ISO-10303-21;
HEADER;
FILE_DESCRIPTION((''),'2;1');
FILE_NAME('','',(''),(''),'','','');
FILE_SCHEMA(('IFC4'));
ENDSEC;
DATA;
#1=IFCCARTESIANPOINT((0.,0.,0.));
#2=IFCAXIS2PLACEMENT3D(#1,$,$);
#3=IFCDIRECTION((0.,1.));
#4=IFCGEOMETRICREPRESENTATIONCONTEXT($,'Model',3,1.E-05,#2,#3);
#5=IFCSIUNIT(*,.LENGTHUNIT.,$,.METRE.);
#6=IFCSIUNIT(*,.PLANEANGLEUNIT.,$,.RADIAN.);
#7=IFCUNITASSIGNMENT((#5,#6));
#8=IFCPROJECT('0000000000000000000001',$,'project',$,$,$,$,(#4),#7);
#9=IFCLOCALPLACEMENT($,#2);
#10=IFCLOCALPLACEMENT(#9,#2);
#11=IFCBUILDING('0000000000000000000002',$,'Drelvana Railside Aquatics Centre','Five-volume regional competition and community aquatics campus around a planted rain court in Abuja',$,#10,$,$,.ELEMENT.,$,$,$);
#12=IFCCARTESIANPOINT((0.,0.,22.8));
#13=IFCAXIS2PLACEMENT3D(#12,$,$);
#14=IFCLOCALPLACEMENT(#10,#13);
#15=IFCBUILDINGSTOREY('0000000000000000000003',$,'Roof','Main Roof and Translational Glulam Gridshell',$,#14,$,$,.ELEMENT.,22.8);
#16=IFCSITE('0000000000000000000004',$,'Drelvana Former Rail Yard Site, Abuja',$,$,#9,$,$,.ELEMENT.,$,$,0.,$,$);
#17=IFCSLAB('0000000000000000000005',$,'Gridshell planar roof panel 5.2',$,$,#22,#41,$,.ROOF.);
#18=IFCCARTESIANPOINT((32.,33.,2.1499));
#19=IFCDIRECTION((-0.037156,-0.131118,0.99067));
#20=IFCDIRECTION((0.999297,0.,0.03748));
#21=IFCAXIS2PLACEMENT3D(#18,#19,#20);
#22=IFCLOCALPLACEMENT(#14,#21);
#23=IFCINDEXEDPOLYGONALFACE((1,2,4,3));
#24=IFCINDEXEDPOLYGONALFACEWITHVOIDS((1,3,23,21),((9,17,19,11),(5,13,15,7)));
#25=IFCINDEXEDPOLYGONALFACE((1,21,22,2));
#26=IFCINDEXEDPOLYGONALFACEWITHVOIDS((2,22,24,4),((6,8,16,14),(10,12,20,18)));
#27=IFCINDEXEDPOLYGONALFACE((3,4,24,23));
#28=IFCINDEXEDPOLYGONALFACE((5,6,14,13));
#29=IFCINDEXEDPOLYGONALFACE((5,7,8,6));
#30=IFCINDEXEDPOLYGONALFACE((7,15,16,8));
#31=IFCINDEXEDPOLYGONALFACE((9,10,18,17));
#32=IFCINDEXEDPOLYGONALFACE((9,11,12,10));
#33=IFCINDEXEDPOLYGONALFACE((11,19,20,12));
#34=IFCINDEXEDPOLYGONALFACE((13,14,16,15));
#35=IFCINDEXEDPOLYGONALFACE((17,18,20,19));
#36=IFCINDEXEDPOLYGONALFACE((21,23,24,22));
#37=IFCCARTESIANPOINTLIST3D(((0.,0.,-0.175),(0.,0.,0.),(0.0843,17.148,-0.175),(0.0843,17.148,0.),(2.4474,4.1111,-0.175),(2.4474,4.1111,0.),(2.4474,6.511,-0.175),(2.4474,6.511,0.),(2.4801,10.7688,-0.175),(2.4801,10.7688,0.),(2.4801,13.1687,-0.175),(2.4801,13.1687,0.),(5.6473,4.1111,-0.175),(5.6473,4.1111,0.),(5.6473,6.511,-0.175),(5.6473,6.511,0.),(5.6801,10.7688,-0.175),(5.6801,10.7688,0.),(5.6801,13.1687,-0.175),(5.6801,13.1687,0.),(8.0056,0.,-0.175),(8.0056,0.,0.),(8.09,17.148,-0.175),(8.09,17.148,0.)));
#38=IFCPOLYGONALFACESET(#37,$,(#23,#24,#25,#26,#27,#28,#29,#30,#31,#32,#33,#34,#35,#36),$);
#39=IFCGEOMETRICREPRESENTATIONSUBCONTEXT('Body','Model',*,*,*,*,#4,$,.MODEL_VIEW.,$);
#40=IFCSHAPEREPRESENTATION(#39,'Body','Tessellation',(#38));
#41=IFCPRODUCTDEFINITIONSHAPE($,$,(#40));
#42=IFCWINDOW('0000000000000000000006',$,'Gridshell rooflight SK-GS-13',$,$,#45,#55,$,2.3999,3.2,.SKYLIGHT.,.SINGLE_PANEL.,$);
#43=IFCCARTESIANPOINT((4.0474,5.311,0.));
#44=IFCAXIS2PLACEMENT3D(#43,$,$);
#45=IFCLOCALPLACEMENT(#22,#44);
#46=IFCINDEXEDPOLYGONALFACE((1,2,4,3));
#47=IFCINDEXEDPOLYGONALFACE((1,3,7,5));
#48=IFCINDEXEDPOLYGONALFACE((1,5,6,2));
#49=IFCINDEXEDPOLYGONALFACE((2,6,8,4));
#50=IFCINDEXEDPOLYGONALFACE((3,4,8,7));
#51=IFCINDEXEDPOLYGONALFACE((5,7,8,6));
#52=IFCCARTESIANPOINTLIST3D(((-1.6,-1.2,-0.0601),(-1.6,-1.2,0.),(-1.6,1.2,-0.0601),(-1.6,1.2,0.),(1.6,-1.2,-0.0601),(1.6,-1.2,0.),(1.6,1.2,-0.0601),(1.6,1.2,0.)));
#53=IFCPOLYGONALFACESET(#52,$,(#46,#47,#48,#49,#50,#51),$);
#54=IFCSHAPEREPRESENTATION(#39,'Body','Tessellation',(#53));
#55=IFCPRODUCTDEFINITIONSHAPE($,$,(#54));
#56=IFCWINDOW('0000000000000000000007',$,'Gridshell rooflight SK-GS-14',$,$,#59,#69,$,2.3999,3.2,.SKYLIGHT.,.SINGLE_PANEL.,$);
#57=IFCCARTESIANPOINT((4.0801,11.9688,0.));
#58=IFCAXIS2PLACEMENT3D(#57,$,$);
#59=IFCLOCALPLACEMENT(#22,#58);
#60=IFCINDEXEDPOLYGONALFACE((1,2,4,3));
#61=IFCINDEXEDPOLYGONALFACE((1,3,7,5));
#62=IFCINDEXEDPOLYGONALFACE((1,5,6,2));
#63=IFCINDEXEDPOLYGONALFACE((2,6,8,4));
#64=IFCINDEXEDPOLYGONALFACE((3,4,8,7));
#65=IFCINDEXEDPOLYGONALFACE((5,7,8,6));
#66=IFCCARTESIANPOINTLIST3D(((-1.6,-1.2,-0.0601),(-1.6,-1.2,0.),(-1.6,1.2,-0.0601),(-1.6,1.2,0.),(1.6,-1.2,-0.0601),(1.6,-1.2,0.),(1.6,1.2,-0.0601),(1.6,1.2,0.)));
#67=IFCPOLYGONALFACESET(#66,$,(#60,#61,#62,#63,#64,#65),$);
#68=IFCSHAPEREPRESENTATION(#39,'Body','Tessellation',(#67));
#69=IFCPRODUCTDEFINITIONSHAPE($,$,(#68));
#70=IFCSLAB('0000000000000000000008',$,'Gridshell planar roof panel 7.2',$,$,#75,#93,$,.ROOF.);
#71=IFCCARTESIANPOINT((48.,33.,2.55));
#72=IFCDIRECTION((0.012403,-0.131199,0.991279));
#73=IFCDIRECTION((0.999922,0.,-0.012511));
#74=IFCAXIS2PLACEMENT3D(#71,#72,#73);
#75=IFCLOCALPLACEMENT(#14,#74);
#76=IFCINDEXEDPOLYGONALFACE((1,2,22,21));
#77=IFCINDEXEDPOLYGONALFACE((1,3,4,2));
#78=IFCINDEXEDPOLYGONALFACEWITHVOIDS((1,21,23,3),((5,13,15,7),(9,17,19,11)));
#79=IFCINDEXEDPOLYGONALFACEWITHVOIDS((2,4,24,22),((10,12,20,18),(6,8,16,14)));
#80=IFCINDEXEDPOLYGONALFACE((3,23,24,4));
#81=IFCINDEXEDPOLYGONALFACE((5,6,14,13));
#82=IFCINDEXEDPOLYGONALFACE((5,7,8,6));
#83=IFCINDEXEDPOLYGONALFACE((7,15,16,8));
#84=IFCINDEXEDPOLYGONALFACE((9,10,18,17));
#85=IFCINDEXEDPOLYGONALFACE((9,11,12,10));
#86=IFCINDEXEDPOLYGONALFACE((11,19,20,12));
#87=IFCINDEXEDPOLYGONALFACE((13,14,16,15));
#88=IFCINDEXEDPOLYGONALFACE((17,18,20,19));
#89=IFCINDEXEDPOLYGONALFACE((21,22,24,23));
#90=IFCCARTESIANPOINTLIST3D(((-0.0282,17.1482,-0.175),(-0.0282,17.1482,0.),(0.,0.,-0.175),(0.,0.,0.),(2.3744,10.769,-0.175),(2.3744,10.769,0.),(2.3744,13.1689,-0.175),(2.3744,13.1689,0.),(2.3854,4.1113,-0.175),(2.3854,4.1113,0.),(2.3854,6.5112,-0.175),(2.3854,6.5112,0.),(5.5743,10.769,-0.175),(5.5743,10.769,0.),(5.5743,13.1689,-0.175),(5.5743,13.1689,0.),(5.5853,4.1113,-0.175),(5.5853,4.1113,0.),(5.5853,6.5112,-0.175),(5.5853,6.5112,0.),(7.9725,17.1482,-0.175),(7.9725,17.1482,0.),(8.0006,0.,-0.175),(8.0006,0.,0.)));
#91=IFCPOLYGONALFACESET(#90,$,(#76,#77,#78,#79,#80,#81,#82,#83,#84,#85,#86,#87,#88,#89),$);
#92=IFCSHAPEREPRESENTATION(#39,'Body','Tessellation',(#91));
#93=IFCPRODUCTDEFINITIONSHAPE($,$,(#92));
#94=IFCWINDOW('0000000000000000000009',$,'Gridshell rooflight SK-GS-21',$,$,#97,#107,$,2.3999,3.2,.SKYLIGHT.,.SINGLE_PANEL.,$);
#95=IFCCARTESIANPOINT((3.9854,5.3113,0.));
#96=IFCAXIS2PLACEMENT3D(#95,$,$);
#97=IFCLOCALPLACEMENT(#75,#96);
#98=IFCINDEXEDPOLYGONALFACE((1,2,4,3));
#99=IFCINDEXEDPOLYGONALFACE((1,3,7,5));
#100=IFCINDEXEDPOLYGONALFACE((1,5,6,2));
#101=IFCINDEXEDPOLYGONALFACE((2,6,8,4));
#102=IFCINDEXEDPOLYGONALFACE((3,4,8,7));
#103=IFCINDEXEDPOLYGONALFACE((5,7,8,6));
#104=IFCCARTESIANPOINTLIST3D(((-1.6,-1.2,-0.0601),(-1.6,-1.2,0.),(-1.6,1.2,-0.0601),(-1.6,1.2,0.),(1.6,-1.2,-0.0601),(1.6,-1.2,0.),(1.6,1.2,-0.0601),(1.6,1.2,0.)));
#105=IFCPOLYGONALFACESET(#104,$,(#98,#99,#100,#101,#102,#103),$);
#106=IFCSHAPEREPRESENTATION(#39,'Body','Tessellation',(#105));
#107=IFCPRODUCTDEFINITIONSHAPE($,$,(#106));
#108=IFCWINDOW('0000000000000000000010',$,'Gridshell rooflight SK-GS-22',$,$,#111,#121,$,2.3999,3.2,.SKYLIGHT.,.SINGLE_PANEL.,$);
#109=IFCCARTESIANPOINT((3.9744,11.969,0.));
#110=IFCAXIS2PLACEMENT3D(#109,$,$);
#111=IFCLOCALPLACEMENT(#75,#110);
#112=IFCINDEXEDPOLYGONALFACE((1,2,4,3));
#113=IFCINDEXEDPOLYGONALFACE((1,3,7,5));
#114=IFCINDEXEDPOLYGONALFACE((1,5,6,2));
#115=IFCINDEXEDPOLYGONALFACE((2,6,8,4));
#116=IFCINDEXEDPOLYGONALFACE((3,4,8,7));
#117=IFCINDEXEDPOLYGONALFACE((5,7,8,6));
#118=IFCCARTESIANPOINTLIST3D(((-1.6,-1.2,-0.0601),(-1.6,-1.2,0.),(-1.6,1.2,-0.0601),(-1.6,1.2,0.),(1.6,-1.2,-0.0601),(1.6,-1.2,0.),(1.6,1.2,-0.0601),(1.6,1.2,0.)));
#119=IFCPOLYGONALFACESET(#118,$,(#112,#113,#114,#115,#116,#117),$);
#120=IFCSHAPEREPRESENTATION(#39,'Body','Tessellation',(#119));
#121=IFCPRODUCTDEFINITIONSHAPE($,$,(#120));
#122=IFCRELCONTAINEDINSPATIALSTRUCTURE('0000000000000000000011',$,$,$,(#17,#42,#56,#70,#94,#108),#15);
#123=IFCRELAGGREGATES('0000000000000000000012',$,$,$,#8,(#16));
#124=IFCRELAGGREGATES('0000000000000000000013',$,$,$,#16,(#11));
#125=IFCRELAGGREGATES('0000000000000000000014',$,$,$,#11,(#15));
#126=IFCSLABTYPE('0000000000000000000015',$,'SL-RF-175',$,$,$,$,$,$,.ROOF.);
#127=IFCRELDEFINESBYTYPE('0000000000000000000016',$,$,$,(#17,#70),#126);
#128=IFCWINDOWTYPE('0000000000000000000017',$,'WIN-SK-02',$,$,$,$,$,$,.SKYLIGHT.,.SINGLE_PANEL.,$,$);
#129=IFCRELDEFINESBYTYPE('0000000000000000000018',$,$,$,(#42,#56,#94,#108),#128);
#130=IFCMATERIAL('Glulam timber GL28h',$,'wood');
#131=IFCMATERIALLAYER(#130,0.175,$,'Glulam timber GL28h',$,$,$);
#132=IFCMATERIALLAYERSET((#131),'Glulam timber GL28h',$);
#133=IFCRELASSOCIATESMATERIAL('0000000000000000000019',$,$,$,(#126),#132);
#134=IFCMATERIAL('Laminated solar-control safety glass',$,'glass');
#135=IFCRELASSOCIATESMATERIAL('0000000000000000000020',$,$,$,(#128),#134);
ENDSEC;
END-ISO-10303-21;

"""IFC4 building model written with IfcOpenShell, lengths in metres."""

from ifc_helpers import new_model, si_unit, direction, frame, origin, origin_2d, place, context, subcontext, project, spatial, polyline, rectangle, outline, extrude, material, layer, layer_set, type_object, element, fill, save


model = new_model("IFC4")

# Units and contexts
model_context = context("Model", 3, precision=1e-05, world=origin(), true_north=direction((0.0, 1.0)))
body_context = subcontext(model_context, "Body", "Model", "MODEL_VIEW")
ifc_project = project(units=[si_unit("LENGTHUNIT", "METRE"), si_unit("PLANEANGLEUNIT", "RADIAN")], contexts=[model_context])

# Site, building, storey
site_placement = place(None, origin())
site = spatial("IfcSite", under=ifc_project, at=site_placement, Name="Drelvana Former Rail Yard Site, Abuja", CompositionType="ELEMENT", RefElevation=0.0)
building_placement = place(site_placement, origin())
building = spatial("IfcBuilding", under=site, at=building_placement, Name="Drelvana Railside Aquatics Centre", Description="Five-volume regional competition and community aquatics campus around a planted rain court in Abuja", CompositionType="ELEMENT")
storey_placement = place(building_placement, frame((0.0, 0.0, 22.8)))
storey = spatial("IfcBuildingStorey", under=building, at=storey_placement, Name="Roof", Description="Main Roof and Translational Glulam Gridshell", CompositionType="ELEMENT", Elevation=22.8)

# Shared definitions
ifc_material_1 = material(Name="Glulam timber GL28h", Category="wood")

# Slab, openings, windows
ifc_layer_1 = layer(ifc_material_1, 0.175, Name="Glulam timber GL28h")
ifc_layer_set_1 = layer_set([ifc_layer_1], Name="Glulam timber GL28h")
slab_type = type_object("IfcSlabType", Name="SL-RF-175", PredefinedType="ROOF", material=ifc_layer_set_1)
ifc_material_2 = material(Name="Laminated solar-control safety glass", Category="glass")
window_type = type_object("IfcWindowType", Name="WIN-SK-02", PartitioningType="SINGLE_PANEL", PredefinedType="SKYLIGHT", material=ifc_material_2)
slab_1_placement = place(storey_placement, frame((32.0, 33.0, 2.1499), z_axis=(-0.037156, -0.131118, 0.99067), x_axis=(0.999297, 0.0, 0.03748)))
slab_1 = element("IfcSlab", 1, at=slab_1_placement, inside=storey, type_object=slab_type, Name="Gridshell planar roof panel 5.2", PredefinedType="ROOF", context=body_context, shape_type="SweptSolid", body=[
    extrude(outline(polyline([(0.0, 0.0), (8.0056, 0.0), (8.09, 17.148), (0.0843, 17.148), (0.0, 0.0)])), origin(), (0.0, 0.0, -1.0), 0.175),
])
opening_1_placement = place(slab_1_placement, frame((4.0474, 5.311, 0.01)))
opening_1 = element("IfcOpeningElement", 2, at=opening_1_placement, cuts=slab_1, PredefinedType="OPENING", context=body_context, shape_type="SweptSolid", body=[
    extrude(rectangle(XDim=3.2, YDim=2.3999, at=origin_2d()), origin(), (0.0, 0.0, -1.0), 0.1951),
])
opening_2_placement = place(slab_1_placement, frame((4.0801, 11.9688, 0.01)))
opening_2 = element("IfcOpeningElement", 3, at=opening_2_placement, cuts=slab_1, PredefinedType="OPENING", context=body_context, shape_type="SweptSolid", body=[
    extrude(rectangle(XDim=3.2, YDim=2.3999, at=origin_2d()), origin(), (0.0, 0.0, -1.0), 0.1951),
])
window_1_placement = place(slab_1_placement, frame((4.0474, 5.311, 0.0)))
window_1 = element("IfcWindow", 4, at=window_1_placement, inside=storey, type_object=window_type, Name="Gridshell rooflight SK-GS-13", OverallHeight=2.3999, OverallWidth=3.2, PartitioningType="SINGLE_PANEL", PredefinedType="SKYLIGHT", context=body_context, shape_type="SweptSolid", body=[
    extrude(rectangle(XDim=3.2, YDim=2.3999, at=origin_2d()), origin(), (0.0, 0.0, -1.0), 0.0601),
])
fill(opening_1, window_1)
window_2_placement = place(slab_1_placement, frame((4.0801, 11.9688, 0.0)))
window_2 = element("IfcWindow", 5, at=window_2_placement, inside=storey, type_object=window_type, Name="Gridshell rooflight SK-GS-14", OverallHeight=2.3999, OverallWidth=3.2, PartitioningType="SINGLE_PANEL", PredefinedType="SKYLIGHT", context=body_context, shape_type="SweptSolid", body=[
    extrude(rectangle(XDim=3.2, YDim=2.3999, at=origin_2d()), origin(), (0.0, 0.0, -1.0), 0.0601),
])
fill(opening_2, window_2)

# Slab, openings, windows
slab_2_placement = place(storey_placement, frame((48.0, 33.0, 2.55), z_axis=(0.012403, -0.131199, 0.991279), x_axis=(0.999922, 0.0, -0.012511)))
slab_2 = element("IfcSlab", 6, at=slab_2_placement, inside=storey, type_object=slab_type, Name="Gridshell planar roof panel 7.2", PredefinedType="ROOF", context=body_context, shape_type="SweptSolid", body=[
    extrude(outline(polyline([(0.0, 0.0), (8.0006, 0.0), (7.9725, 17.1482), (-0.0282, 17.1482), (0.0, 0.0)])), origin(), (0.0, 0.0, -1.0), 0.175),
])
opening_3_placement = place(slab_2_placement, frame((3.9854, 5.3113, 0.01)))
opening_3 = element("IfcOpeningElement", 7, at=opening_3_placement, cuts=slab_2, PredefinedType="OPENING", context=body_context, shape_type="SweptSolid", body=[
    extrude(rectangle(XDim=3.2, YDim=2.3999, at=origin_2d()), origin(), (0.0, 0.0, -1.0), 0.1951),
])
opening_4_placement = place(slab_2_placement, frame((3.9744, 11.969, 0.01)))
opening_4 = element("IfcOpeningElement", 8, at=opening_4_placement, cuts=slab_2, PredefinedType="OPENING", context=body_context, shape_type="SweptSolid", body=[
    extrude(rectangle(XDim=3.2, YDim=2.3999, at=origin_2d()), origin(), (0.0, 0.0, -1.0), 0.1951),
])
window_3_placement = place(slab_2_placement, frame((3.9854, 5.3113, 0.0)))
window_3 = element("IfcWindow", 9, at=window_3_placement, inside=storey, type_object=window_type, Name="Gridshell rooflight SK-GS-21", OverallHeight=2.3999, OverallWidth=3.2, PartitioningType="SINGLE_PANEL", PredefinedType="SKYLIGHT", context=body_context, shape_type="SweptSolid", body=[
    extrude(rectangle(XDim=3.2, YDim=2.3999, at=origin_2d()), origin(), (0.0, 0.0, -1.0), 0.0601),
])
fill(opening_3, window_3)
window_4_placement = place(slab_2_placement, frame((3.9744, 11.969, 0.0)))
window_4 = element("IfcWindow", 10, at=window_4_placement, inside=storey, type_object=window_type, Name="Gridshell rooflight SK-GS-22", OverallHeight=2.3999, OverallWidth=3.2, PartitioningType="SINGLE_PANEL", PredefinedType="SKYLIGHT", context=body_context, shape_type="SweptSolid", body=[
    extrude(rectangle(XDim=3.2, YDim=2.3999, at=origin_2d()), origin(), (0.0, 0.0, -1.0), 0.0601),
])
fill(opening_4, window_4)

save(model, "model.ifc")
